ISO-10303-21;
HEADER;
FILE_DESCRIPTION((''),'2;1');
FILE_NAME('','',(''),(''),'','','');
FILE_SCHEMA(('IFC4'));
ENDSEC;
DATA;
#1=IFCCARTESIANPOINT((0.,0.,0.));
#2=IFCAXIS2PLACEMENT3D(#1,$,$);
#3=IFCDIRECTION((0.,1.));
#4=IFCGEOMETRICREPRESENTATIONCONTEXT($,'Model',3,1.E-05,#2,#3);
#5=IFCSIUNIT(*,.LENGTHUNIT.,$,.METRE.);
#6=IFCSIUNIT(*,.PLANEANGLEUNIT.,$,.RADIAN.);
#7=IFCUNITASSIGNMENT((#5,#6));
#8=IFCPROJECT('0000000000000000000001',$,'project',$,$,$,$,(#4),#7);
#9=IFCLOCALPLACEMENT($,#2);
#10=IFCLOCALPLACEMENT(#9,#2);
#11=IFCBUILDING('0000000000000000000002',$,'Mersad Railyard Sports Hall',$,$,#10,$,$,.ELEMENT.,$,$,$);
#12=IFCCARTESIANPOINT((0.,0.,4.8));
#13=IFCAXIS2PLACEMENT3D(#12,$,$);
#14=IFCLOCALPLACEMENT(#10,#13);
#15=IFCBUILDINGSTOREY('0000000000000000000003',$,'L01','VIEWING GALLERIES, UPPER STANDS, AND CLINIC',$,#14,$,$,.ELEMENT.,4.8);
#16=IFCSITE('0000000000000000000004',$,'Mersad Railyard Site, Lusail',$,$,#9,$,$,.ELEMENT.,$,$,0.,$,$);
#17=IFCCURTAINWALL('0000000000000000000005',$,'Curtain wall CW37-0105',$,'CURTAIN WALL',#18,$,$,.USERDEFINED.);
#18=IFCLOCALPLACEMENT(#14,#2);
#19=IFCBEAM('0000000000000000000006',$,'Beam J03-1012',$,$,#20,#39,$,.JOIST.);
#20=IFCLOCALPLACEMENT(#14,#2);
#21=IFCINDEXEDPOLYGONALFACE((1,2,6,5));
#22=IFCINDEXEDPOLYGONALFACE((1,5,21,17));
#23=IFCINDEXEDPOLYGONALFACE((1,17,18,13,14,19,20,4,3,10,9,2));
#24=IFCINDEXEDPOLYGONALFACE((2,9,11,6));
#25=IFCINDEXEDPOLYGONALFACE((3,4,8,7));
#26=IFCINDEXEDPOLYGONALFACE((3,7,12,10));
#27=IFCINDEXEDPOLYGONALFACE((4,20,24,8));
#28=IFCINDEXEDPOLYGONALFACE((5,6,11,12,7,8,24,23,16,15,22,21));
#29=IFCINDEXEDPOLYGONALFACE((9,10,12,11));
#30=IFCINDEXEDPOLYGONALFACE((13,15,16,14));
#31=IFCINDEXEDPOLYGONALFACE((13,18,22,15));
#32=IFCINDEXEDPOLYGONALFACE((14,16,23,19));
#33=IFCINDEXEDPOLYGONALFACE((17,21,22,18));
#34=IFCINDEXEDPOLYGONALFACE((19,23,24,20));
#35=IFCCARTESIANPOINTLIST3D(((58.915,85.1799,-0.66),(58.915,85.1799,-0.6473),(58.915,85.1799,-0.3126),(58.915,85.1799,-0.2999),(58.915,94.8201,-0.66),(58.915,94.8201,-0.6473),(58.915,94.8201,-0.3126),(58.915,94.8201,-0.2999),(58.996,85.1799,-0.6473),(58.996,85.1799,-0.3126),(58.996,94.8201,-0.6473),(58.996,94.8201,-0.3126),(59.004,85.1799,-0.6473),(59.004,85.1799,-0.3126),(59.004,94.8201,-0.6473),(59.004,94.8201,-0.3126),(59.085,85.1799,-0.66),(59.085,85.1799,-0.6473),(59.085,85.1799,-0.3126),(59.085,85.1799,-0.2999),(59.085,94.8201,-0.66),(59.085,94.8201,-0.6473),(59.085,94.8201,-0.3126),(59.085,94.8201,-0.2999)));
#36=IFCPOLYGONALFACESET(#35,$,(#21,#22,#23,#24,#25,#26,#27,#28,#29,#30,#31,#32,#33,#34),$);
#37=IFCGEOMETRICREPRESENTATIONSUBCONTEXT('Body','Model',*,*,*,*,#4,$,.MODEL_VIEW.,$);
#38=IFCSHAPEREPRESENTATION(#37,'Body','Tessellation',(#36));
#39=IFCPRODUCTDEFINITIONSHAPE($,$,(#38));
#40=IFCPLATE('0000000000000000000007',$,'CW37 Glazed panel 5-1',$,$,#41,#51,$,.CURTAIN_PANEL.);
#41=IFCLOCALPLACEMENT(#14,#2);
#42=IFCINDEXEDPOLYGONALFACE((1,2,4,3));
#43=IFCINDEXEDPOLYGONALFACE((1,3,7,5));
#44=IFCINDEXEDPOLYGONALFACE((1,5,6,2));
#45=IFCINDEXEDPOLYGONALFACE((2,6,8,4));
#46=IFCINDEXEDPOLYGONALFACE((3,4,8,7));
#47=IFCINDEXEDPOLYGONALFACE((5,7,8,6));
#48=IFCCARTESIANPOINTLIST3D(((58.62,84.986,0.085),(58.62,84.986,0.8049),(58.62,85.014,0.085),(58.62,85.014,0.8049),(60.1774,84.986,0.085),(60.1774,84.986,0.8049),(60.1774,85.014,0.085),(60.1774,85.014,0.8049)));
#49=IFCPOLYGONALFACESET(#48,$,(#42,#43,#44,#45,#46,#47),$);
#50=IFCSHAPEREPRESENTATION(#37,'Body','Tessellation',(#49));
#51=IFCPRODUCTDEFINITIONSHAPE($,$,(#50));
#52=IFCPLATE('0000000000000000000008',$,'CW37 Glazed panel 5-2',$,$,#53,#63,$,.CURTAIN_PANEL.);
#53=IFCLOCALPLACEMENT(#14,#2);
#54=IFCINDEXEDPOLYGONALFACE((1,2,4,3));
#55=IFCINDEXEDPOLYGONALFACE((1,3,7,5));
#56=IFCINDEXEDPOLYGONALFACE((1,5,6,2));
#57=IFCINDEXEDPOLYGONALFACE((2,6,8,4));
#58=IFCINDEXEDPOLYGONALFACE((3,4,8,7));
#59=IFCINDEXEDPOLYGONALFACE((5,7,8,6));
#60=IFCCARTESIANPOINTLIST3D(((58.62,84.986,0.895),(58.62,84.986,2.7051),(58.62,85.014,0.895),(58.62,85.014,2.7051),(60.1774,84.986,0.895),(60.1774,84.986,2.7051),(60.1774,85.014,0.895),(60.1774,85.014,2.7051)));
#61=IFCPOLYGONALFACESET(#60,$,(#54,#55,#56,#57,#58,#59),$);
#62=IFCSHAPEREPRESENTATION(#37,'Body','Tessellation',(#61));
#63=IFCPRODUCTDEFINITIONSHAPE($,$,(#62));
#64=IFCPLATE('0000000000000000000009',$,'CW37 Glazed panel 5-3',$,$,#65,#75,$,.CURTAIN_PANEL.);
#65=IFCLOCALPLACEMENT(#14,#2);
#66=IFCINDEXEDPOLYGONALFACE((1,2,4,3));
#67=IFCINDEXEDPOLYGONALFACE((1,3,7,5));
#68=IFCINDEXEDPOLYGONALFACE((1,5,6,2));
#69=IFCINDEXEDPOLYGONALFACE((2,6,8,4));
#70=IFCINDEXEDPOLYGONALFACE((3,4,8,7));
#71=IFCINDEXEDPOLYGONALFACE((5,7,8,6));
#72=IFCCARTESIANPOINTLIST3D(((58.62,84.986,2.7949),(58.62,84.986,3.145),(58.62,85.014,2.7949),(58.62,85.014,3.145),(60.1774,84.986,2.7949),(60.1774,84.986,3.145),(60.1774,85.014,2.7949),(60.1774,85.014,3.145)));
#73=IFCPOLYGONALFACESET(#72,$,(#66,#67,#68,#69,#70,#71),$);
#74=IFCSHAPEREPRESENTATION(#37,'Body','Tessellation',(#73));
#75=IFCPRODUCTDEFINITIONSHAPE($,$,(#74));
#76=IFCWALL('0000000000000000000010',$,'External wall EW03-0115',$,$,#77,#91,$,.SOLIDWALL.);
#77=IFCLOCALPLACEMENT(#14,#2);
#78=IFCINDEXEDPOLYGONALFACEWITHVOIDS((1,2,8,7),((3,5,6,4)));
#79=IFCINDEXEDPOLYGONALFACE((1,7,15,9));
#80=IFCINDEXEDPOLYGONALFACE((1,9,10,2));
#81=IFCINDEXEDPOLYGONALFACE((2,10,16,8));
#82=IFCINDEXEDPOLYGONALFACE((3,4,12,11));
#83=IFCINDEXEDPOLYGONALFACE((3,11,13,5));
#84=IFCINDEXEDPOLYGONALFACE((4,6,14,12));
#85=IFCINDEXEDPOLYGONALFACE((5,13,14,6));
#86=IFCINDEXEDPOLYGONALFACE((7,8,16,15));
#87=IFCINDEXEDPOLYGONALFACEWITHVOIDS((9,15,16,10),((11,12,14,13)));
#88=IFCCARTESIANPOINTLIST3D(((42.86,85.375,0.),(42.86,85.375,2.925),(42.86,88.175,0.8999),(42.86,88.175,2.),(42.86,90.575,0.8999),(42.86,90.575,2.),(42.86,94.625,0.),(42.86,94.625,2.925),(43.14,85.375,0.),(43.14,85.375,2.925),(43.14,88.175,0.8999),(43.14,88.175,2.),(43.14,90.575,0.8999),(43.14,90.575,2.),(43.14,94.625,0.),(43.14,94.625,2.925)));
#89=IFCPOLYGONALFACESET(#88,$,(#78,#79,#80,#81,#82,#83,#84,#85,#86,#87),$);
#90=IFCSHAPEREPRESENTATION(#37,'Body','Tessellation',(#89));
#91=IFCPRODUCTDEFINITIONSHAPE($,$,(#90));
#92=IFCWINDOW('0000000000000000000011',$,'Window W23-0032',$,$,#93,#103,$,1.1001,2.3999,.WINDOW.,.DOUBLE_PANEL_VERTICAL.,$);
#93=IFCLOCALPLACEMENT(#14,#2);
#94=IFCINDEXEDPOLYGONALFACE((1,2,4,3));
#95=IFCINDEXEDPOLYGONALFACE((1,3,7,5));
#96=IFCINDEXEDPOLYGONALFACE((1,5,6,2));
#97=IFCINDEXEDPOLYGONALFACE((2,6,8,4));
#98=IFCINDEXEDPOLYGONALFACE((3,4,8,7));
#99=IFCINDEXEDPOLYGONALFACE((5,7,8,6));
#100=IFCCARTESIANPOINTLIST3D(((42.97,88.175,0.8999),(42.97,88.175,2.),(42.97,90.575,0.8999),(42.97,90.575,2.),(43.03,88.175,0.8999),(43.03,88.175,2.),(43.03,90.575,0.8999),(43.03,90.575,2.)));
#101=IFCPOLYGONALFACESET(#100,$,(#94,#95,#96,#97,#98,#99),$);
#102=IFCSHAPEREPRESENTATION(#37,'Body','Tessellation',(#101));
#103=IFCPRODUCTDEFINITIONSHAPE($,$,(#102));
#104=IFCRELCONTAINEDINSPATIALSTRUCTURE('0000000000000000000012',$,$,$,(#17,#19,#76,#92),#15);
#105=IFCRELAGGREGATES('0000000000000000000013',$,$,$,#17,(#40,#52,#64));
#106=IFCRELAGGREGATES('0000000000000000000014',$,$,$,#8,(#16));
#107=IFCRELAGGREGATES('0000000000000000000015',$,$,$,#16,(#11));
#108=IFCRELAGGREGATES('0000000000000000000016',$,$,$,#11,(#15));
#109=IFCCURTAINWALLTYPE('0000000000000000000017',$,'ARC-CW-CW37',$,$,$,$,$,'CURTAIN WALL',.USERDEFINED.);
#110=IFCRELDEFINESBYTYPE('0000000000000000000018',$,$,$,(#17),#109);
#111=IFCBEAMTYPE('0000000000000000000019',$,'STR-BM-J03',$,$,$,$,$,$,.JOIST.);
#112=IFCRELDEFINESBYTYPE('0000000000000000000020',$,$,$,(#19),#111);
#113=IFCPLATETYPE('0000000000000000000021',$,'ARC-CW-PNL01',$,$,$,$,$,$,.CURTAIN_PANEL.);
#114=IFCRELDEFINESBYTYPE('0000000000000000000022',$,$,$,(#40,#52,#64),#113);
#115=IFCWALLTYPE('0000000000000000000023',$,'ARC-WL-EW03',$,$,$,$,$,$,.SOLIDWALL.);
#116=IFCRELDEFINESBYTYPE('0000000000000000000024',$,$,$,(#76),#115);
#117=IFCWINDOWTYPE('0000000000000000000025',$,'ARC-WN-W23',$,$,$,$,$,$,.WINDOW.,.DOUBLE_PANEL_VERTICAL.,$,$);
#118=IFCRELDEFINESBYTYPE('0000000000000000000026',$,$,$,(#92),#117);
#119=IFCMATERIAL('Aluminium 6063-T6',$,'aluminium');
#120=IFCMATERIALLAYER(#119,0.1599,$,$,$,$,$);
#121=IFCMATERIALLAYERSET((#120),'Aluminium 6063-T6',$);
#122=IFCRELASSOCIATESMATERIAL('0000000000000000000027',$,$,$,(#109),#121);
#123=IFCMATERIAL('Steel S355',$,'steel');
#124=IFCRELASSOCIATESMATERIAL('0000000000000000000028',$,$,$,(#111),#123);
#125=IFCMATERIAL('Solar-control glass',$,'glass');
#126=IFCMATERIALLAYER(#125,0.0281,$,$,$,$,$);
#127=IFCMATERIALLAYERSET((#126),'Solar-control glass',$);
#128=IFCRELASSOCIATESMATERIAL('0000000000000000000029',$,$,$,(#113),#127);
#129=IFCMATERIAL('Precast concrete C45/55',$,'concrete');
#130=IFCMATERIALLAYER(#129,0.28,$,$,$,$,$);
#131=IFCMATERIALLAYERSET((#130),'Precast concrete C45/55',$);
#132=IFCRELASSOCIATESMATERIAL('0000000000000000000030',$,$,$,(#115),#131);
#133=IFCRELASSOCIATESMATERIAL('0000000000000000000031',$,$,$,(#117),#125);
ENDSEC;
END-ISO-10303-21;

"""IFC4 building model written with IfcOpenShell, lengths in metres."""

from ifc_helpers import new_model, si_unit, direction, frame, frame_2d, origin, origin_2d, place, context, subcontext, project, spatial, rectangle, i_section, extrude, material, layer, layer_set, material_profile, profile_set, type_object, element, fill, aggregate, save


model = new_model("IFC4")

# Units and contexts
model_context = context("Model", 3, precision=1e-05, world=origin(), true_north=direction((0.0, 1.0)))
body_context = subcontext(model_context, "Body", "Model", "MODEL_VIEW")
ifc_project = project(units=[si_unit("LENGTHUNIT", "METRE"), si_unit("PLANEANGLEUNIT", "RADIAN")], contexts=[model_context])

# Site, building, storey
site_placement = place(None, origin())
site = spatial("IfcSite", under=ifc_project, at=site_placement, Name="Mersad Railyard Site, Lusail", CompositionType="ELEMENT", RefElevation=0.0)
building_placement = place(site_placement, origin())
building = spatial("IfcBuilding", under=site, at=building_placement, Name="Mersad Railyard Sports Hall", CompositionType="ELEMENT")
storey_placement = place(building_placement, frame((0.0, 0.0, 4.8)))
storey = spatial("IfcBuildingStorey", under=building, at=storey_placement, Name="L01", Description="VIEWING GALLERIES, UPPER STANDS, AND CLINIC", CompositionType="ELEMENT", Elevation=4.8)

# Curtain wall
ifc_material_1 = material(Name="Aluminium 6063-T6", Category="aluminium")
ifc_layer_1 = layer(ifc_material_1, 0.1599)
ifc_layer_set_1 = layer_set([ifc_layer_1], Name="Aluminium 6063-T6")
curtain_wall_type = type_object("IfcCurtainWallType", Name="ARC-CW-CW37", ElementType="CURTAIN WALL", PredefinedType="USERDEFINED", material=ifc_layer_set_1)
curtain_wall_placement = place(storey_placement, origin())
curtain_wall = element("IfcCurtainWall", 1, at=curtain_wall_placement, inside=storey, type_object=curtain_wall_type, Name="Curtain wall CW37-0105", ObjectType="CURTAIN WALL", PredefinedType="USERDEFINED")

# Beam
ifc_material_2 = material(Name="Steel S355", Category="steel")
ifc_material_profile_1 = material_profile(ifc_material_2, i_section(OverallWidth=0.1699, OverallDepth=0.3601, WebThickness=0.0081, FlangeThickness=0.0127, at=origin_2d()), Name="IPE 360")
ifc_profile_set_1 = profile_set([ifc_material_profile_1], Name="Steel S355")
beam_type_1 = type_object("IfcBeamType", Name="STR-BM-J03", PredefinedType="JOIST", material=ifc_profile_set_1)
for number, where, z_axis, x_axis, name in (
    (2, (59.0, 85.1799, -0.48), (0.0, 1.0, 0.0), (-1.0, 0.0, 0.0), "Beam J03-1012"),
):
    element("IfcBeam", number, at=place(storey_placement, frame(where, z_axis=z_axis, x_axis=x_axis)), inside=storey, type_object=beam_type_1, Name=name, PredefinedType="JOIST", context=body_context, shape_type="SweptSolid", body=[
        extrude(i_section(OverallWidth=0.1699, OverallDepth=0.3601, WebThickness=0.0081, FlangeThickness=0.0127, at=origin_2d()), origin(), (0.0, 0.0, 1.0), 9.6401),
    ])

# Plates
ifc_material_3 = material(Name="Solar-control glass", Category="glass")
ifc_layer_2 = layer(ifc_material_3, 0.0281)
ifc_layer_set_2 = layer_set([ifc_layer_2], Name="Solar-control glass")
plate_type = type_object("IfcPlateType", Name="ARC-CW-PNL01", PredefinedType="CURTAIN_PANEL", material=ifc_layer_set_2)
plate_1_placement = place(storey_placement, frame((59.3987, 85.0, 0.085), z_axis=(0.0, 0.0, 1.0), x_axis=(-1.0, 0.0, 0.0)))
plate_1 = element("IfcPlate", 3, at=plate_1_placement, type_object=plate_type, Name="CW37 Glazed panel 5-1", PredefinedType="CURTAIN_PANEL", context=body_context, shape_type="SweptSolid", body=[
    extrude(rectangle(XDim=1.5574, YDim=0.0281, at=origin_2d()), origin(), (0.0, 0.0, 1.0), 0.72),
])
plate_2_placement = place(storey_placement, frame((59.3987, 85.0, 0.895), z_axis=(0.0, 0.0, 1.0), x_axis=(-1.0, 0.0, 0.0)))
plate_2 = element("IfcPlate", 4, at=plate_2_placement, type_object=plate_type, Name="CW37 Glazed panel 5-2", PredefinedType="CURTAIN_PANEL", context=body_context, shape_type="SweptSolid", body=[
    extrude(rectangle(XDim=1.5574, YDim=0.0281, at=origin_2d()), origin(), (0.0, 0.0, 1.0), 1.8101),
])
plate_3_placement = place(storey_placement, frame((59.3987, 85.0, 2.7949), z_axis=(0.0, 0.0, 1.0), x_axis=(-1.0, 0.0, 0.0)))
plate_3 = element("IfcPlate", 5, at=plate_3_placement, type_object=plate_type, Name="CW37 Glazed panel 5-3", PredefinedType="CURTAIN_PANEL", context=body_context, shape_type="SweptSolid", body=[
    extrude(rectangle(XDim=1.5574, YDim=0.0281, at=origin_2d()), origin(), (0.0, 0.0, 1.0), 0.3501),
])
aggregate(curtain_wall, [plate_1, plate_2, plate_3])

# Wall, opening, window
ifc_material_4 = material(Name="Precast concrete C45/55", Category="concrete")
ifc_layer_3 = layer(ifc_material_4, 0.28)
ifc_layer_set_3 = layer_set([ifc_layer_3], Name="Precast concrete C45/55")
wall_type = type_object("IfcWallType", Name="ARC-WL-EW03", PredefinedType="SOLIDWALL", material=ifc_layer_set_3)
wall_placement = place(storey_placement, frame((43.0, 85.375, 0.0), z_axis=(0.0, 0.0, 1.0), x_axis=(0.0, 1.0, 0.0)))
wall = element("IfcWall", 6, at=wall_placement, inside=storey, type_object=wall_type, Name="External wall EW03-0115", PredefinedType="SOLIDWALL", context=body_context, shape_type="SweptSolid", body=[
    extrude(rectangle(XDim=9.25, YDim=0.28, at=frame_2d((4.625, 0.0))), origin(), (0.0, 0.0, 1.0), 2.925),
])
opening_placement = place(wall_placement, frame((2.8, 0.0, 0.8999)))
opening = element("IfcOpeningElement", 7, at=opening_placement, cuts=wall, PredefinedType="OPENING", context=body_context, shape_type="SweptSolid", body=[
    extrude(rectangle(XDim=2.3999, YDim=1.1001, at=frame_2d((1.2, 0.55))), frame((0.0, 0.1499, 0.0), z_axis=(0.0, -1.0, 0.0), x_axis=(1.0, 0.0, 0.0)), (0.0, 0.0, 1.0), 0.3),
])
window_type = type_object("IfcWindowType", Name="ARC-WN-W23", PartitioningType="DOUBLE_PANEL_VERTICAL", PredefinedType="WINDOW", material=ifc_material_3)
window_placement = place(opening_placement, origin())
window = element("IfcWindow", 8, at=window_placement, inside=storey, type_object=window_type, Name="Window W23-0032", OverallHeight=1.1001, OverallWidth=2.3999, PartitioningType="DOUBLE_PANEL_VERTICAL", PredefinedType="WINDOW", context=body_context, shape_type="SweptSolid", body=[
    extrude(rectangle(XDim=2.3999, YDim=1.1001, at=frame_2d((1.2, 0.55))), frame((0.0, 0.03, 0.0), z_axis=(0.0, -1.0, 0.0), x_axis=(1.0, 0.0, 0.0)), (0.0, 0.0, 1.0), 0.0601),
])
fill(opening, window)

save(model, "model.ifc")
